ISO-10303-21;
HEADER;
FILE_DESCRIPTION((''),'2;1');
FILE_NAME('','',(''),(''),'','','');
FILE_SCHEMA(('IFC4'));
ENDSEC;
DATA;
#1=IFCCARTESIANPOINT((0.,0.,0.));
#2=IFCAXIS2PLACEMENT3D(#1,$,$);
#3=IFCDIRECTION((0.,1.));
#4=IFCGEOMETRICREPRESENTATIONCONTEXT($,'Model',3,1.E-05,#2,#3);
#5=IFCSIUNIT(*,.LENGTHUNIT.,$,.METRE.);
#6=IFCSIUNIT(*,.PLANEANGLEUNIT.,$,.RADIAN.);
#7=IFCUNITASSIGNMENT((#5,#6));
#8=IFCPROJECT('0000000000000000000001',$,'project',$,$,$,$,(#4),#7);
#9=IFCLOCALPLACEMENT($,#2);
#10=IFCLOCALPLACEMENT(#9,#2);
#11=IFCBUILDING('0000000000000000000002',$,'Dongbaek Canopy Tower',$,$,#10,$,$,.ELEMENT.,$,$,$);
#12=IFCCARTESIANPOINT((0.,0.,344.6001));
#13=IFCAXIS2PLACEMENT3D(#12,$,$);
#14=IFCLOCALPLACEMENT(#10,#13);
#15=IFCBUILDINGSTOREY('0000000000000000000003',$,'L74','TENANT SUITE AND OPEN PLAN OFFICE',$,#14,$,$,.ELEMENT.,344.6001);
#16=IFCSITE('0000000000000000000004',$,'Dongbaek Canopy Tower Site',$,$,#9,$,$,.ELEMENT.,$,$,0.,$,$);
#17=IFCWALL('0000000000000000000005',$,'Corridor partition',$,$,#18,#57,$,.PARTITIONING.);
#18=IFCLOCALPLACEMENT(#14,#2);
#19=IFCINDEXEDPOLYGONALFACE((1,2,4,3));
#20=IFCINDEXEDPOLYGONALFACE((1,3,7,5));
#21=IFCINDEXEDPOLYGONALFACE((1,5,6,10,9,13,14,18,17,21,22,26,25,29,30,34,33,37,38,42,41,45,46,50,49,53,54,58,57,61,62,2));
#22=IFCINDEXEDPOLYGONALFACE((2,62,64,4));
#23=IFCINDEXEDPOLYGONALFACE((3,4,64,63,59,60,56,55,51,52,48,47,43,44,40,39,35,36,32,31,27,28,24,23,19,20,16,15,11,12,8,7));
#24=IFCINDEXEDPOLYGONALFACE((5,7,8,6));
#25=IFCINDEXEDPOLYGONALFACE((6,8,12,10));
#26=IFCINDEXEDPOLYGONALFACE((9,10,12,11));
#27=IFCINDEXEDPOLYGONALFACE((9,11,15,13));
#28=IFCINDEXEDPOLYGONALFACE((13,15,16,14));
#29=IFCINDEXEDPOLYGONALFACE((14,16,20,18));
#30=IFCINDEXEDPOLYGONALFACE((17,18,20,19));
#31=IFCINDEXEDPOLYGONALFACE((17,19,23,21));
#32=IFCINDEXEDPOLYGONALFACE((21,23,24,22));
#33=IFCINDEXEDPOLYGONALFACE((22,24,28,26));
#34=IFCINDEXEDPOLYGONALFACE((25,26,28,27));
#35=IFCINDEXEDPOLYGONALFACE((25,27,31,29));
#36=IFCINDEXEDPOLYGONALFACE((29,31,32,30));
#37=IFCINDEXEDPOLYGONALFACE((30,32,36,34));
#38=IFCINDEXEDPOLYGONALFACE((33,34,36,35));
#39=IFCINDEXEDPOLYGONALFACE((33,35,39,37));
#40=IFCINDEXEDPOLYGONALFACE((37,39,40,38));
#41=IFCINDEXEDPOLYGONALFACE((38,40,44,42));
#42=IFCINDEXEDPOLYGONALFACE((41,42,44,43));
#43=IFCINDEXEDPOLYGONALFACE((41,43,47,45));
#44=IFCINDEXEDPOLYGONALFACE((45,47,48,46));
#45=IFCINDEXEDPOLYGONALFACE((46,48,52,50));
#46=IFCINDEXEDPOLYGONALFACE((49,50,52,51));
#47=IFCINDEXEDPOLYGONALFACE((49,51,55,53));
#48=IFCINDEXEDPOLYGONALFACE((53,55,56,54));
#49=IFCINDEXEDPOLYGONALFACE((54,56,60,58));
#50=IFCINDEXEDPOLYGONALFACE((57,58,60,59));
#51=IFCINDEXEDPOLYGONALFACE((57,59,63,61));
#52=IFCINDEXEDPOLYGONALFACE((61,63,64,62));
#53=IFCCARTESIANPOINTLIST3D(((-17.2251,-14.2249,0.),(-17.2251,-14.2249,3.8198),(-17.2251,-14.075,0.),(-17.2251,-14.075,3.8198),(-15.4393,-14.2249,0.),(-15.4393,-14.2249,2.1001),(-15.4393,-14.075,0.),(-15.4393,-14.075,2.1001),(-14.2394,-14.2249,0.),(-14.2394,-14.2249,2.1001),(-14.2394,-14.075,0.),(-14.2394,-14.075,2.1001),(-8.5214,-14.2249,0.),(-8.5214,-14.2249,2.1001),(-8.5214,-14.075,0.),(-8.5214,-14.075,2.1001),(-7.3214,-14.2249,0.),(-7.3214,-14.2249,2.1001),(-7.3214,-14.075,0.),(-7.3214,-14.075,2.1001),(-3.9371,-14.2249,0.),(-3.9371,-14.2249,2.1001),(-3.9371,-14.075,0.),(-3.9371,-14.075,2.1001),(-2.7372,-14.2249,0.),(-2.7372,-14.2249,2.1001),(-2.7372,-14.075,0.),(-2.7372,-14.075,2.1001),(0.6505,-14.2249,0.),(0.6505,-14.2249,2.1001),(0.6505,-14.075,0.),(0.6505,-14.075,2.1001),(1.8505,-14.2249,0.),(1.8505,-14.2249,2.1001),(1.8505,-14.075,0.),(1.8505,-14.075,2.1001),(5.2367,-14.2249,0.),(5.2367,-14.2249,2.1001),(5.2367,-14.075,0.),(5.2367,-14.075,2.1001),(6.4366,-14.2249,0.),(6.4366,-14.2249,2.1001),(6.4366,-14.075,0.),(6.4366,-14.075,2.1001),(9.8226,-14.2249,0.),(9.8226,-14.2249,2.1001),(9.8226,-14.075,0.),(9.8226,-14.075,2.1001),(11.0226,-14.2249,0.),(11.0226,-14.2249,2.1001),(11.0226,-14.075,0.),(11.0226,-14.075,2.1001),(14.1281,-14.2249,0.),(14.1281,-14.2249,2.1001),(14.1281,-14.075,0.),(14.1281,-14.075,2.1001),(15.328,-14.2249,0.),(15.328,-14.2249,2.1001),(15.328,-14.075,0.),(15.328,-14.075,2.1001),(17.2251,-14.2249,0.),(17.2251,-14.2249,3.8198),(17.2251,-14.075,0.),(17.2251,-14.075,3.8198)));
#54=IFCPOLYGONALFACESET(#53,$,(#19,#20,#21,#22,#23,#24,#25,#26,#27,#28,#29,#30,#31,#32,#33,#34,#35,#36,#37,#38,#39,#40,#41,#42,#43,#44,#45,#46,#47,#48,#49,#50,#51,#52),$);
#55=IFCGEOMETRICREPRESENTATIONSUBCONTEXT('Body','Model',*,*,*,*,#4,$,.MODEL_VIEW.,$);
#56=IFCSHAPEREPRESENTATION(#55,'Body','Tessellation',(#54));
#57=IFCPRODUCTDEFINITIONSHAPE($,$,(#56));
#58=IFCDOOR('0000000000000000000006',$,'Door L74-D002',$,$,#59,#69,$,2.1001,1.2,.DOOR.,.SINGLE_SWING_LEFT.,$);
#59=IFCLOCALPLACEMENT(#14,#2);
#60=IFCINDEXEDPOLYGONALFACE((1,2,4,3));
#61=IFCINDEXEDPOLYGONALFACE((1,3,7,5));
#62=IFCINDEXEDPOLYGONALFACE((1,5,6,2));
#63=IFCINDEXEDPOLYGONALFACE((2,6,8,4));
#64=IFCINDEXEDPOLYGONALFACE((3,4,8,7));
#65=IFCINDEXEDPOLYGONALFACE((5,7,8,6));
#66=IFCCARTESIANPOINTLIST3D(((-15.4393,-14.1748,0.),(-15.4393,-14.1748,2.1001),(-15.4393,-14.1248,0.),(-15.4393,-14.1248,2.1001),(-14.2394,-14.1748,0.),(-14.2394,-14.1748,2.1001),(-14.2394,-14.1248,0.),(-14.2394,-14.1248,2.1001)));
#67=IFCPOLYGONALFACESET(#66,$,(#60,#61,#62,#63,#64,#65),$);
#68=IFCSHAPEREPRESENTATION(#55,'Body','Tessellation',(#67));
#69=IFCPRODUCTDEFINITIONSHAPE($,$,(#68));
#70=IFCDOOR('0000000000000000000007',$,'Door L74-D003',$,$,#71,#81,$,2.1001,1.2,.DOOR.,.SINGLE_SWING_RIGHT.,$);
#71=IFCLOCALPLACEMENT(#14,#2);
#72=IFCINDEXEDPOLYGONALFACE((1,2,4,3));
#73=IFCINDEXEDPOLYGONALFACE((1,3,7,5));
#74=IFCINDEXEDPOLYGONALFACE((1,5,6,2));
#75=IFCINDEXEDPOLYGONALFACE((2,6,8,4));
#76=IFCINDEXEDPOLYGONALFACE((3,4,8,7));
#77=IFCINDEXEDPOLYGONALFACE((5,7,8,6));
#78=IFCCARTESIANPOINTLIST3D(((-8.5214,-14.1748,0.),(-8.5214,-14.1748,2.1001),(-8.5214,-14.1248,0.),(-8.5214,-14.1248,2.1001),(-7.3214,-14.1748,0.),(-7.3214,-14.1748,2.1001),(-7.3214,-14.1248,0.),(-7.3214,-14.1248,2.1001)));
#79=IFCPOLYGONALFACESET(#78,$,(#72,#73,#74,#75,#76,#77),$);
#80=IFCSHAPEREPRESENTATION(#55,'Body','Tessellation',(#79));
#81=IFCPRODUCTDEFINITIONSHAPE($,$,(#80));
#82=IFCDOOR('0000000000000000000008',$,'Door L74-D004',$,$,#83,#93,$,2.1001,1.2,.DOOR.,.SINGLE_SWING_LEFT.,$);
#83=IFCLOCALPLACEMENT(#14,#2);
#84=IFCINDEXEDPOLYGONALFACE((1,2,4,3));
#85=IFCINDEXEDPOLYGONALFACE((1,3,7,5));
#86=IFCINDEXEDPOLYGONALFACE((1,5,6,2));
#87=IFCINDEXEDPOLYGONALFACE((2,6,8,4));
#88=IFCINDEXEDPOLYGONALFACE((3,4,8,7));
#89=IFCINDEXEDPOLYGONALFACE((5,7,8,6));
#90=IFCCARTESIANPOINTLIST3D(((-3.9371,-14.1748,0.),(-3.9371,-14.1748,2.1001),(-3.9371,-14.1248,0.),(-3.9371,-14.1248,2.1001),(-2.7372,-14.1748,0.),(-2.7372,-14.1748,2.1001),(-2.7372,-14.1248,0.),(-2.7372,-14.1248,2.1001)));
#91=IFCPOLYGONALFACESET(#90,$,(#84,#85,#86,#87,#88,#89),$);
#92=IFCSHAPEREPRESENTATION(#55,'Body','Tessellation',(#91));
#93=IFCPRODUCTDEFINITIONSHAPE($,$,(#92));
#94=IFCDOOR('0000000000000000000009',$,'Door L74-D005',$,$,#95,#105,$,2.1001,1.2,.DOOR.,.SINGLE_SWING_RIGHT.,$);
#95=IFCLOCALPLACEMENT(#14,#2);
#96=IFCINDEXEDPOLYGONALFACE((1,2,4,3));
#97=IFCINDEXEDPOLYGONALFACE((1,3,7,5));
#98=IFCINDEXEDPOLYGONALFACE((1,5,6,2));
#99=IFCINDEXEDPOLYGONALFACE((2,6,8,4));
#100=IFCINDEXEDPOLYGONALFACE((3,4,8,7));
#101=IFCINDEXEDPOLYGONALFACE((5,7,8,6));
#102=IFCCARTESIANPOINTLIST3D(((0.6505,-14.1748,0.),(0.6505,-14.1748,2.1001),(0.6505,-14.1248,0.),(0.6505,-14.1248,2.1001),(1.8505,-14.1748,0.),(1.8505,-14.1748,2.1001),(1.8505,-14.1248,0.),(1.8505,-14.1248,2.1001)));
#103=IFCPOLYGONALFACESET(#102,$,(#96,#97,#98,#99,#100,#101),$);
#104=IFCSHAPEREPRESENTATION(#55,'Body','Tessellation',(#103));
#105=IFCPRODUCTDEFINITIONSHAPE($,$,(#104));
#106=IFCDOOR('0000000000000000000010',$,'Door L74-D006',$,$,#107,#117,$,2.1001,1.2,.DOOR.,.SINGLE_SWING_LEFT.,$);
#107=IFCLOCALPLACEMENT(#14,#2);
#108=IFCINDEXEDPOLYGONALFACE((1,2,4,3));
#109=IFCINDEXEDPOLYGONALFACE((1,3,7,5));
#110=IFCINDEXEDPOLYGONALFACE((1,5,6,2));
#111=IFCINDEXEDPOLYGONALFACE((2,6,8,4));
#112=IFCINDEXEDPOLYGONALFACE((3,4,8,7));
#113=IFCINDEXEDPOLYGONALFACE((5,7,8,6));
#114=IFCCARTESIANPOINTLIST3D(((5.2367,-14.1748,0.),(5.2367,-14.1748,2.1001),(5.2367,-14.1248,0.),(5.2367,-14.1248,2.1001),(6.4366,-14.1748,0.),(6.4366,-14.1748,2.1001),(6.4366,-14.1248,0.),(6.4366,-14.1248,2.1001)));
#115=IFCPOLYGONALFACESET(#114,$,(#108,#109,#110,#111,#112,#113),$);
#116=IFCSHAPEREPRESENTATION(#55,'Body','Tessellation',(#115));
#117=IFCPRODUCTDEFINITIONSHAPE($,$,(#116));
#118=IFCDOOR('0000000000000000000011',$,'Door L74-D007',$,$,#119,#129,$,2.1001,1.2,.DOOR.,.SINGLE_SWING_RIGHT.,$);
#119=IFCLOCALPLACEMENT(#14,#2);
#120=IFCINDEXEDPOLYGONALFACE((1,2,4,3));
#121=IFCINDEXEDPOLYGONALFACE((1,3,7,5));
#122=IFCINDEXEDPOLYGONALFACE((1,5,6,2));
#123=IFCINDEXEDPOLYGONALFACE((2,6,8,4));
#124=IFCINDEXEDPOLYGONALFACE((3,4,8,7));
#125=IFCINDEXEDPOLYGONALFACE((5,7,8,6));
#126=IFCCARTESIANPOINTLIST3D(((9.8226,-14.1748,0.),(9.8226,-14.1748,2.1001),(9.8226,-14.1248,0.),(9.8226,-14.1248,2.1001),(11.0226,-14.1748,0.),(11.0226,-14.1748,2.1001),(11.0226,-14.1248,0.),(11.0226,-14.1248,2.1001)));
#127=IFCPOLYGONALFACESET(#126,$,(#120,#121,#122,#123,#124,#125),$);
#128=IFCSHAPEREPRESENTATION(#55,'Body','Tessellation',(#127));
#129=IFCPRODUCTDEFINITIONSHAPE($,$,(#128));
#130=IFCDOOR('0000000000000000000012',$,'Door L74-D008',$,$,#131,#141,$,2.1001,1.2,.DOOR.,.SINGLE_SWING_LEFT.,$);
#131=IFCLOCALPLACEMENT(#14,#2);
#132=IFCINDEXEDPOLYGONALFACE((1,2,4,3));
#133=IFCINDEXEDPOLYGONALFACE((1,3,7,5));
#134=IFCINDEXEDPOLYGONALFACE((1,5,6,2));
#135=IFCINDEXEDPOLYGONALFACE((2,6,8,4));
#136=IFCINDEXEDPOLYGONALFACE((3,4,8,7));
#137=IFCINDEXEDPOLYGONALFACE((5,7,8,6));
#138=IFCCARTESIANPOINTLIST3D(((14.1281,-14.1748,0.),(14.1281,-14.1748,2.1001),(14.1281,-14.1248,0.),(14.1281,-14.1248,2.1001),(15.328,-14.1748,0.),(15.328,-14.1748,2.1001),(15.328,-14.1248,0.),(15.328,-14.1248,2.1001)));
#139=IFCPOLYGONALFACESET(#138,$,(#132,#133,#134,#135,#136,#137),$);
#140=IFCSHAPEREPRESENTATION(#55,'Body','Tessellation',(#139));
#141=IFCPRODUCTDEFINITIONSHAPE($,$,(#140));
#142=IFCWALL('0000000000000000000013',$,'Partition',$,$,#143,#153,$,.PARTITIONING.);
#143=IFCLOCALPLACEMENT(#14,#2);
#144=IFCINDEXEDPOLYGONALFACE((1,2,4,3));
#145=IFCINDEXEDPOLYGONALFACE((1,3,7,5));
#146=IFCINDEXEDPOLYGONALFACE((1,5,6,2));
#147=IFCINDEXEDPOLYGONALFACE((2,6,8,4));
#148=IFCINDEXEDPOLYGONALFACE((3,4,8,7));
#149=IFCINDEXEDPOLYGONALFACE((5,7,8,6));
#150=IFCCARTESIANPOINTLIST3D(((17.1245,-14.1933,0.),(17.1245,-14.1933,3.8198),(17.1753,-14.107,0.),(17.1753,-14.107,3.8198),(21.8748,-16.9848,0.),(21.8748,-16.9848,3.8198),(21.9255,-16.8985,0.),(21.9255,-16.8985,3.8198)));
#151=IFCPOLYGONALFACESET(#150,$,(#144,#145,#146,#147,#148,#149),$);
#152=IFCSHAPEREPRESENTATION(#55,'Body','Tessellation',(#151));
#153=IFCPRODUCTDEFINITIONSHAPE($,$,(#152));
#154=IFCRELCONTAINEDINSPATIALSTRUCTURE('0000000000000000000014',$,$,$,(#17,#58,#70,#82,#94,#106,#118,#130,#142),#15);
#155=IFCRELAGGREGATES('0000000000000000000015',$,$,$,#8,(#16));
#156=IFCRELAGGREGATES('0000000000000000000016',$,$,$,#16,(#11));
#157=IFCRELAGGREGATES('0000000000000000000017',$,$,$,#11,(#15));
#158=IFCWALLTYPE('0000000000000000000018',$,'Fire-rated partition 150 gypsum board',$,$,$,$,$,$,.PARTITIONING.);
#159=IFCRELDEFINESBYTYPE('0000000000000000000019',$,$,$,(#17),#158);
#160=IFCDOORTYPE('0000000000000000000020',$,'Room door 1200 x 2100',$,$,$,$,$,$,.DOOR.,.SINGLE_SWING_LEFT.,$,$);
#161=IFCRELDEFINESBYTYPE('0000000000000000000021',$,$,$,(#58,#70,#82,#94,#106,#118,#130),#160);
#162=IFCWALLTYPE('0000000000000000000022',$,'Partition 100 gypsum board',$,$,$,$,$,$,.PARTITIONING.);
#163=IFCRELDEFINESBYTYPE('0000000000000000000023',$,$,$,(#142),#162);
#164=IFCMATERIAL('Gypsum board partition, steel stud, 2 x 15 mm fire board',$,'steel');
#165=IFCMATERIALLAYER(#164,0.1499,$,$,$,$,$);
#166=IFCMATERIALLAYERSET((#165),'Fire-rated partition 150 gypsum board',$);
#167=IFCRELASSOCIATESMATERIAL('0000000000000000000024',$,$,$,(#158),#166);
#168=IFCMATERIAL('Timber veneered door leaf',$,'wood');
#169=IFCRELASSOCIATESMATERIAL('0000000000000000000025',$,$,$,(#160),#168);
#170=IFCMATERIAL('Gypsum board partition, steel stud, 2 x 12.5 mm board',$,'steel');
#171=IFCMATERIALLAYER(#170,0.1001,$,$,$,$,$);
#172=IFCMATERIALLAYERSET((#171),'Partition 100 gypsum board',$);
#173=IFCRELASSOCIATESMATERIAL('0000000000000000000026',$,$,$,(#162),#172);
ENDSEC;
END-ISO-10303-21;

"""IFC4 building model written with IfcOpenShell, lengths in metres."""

from ifc_helpers import new_model, si_unit, direction, frame, frame_2d, origin, place, context, subcontext, project, spatial, rectangle, extrude, material, layer, layer_set, type_object, element, fill, save


model = new_model("IFC4")

# Units and contexts
model_context = context("Model", 3, precision=1e-05, world=origin(), true_north=direction((0.0, 1.0)))
body_context = subcontext(model_context, "Body", "Model", "MODEL_VIEW")
ifc_project = project(units=[si_unit("LENGTHUNIT", "METRE"), si_unit("PLANEANGLEUNIT", "RADIAN")], contexts=[model_context])

# Site, building, storey
site_placement = place(None, origin())
site = spatial("IfcSite", under=ifc_project, at=site_placement, Name="Dongbaek Canopy Tower Site", CompositionType="ELEMENT", RefElevation=0.0)
building_placement = place(site_placement, origin())
building = spatial("IfcBuilding", under=site, at=building_placement, Name="Dongbaek Canopy Tower", CompositionType="ELEMENT")
storey_placement = place(building_placement, frame((0.0, 0.0, 344.6001)))
storey = spatial("IfcBuildingStorey", under=building, at=storey_placement, Name="L74", Description="TENANT SUITE AND OPEN PLAN OFFICE", CompositionType="ELEMENT", Elevation=344.6001)

# Wall, openings, doors
ifc_material_1 = material(Name="Gypsum board partition, steel stud, 2 x 15 mm fire board", Category="steel")
ifc_layer_1 = layer(ifc_material_1, 0.1499)
ifc_layer_set_1 = layer_set([ifc_layer_1], Name="Fire-rated partition 150 gypsum board")
wall_type_1 = type_object("IfcWallType", Name="Fire-rated partition 150 gypsum board", PredefinedType="PARTITIONING", material=ifc_layer_set_1)
wall_1_placement = place(storey_placement, frame((17.2251, -14.1499, 0.0), z_axis=(0.0, 0.0, 1.0), x_axis=(-1.0, 0.0, 0.0)))
wall_1 = element("IfcWall", 1, at=wall_1_placement, inside=storey, type_object=wall_type_1, Name="Corridor partition", PredefinedType="PARTITIONING", context=body_context, shape_type="SweptSolid", body=[
    extrude(rectangle(XDim=34.4502, YDim=0.1499, at=frame_2d((17.2251, 0.0))), origin(), (0.0, 0.0, 1.0), 3.8198),
])
opening_1_placement = place(wall_1_placement, frame((31.4644, 0.0, 0.0)))
opening_1 = element("IfcOpeningElement", 2, at=opening_1_placement, cuts=wall_1, PredefinedType="OPENING", context=body_context, shape_type="SweptSolid", body=[
    extrude(rectangle(XDim=1.2, YDim=2.1001, at=frame_2d((0.6001, 1.05))), frame((0.0, 0.085, 0.0), z_axis=(0.0, -1.0, 0.0), x_axis=(1.0, 0.0, 0.0)), (0.0, 0.0, 1.0), 0.1699),
])
opening_2_placement = place(wall_1_placement, frame((24.5464, 0.0, 0.0)))
opening_2 = element("IfcOpeningElement", 3, at=opening_2_placement, cuts=wall_1, PredefinedType="OPENING", context=body_context, shape_type="SweptSolid", body=[
    extrude(rectangle(XDim=1.2, YDim=2.1001, at=frame_2d((0.6001, 1.05))), frame((0.0, 0.085, 0.0), z_axis=(0.0, -1.0, 0.0), x_axis=(1.0, 0.0, 0.0)), (0.0, 0.0, 1.0), 0.1699),
])
opening_3_placement = place(wall_1_placement, frame((19.9622, 0.0, 0.0)))
opening_3 = element("IfcOpeningElement", 4, at=opening_3_placement, cuts=wall_1, PredefinedType="OPENING", context=body_context, shape_type="SweptSolid", body=[
    extrude(rectangle(XDim=1.2, YDim=2.1001, at=frame_2d((0.6001, 1.05))), frame((0.0, 0.085, 0.0), z_axis=(0.0, -1.0, 0.0), x_axis=(1.0, 0.0, 0.0)), (0.0, 0.0, 1.0), 0.1699),
])
opening_4_placement = place(wall_1_placement, frame((15.3745, 0.0, 0.0)))
opening_4 = element("IfcOpeningElement", 5, at=opening_4_placement, cuts=wall_1, PredefinedType="OPENING", context=body_context, shape_type="SweptSolid", body=[
    extrude(rectangle(XDim=1.2, YDim=2.1001, at=frame_2d((0.6001, 1.05))), frame((0.0, 0.085, 0.0), z_axis=(0.0, -1.0, 0.0), x_axis=(1.0, 0.0, 0.0)), (0.0, 0.0, 1.0), 0.1699),
])
opening_5_placement = place(wall_1_placement, frame((10.7883, 0.0, 0.0)))
opening_5 = element("IfcOpeningElement", 6, at=opening_5_placement, cuts=wall_1, PredefinedType="OPENING", context=body_context, shape_type="SweptSolid", body=[
    extrude(rectangle(XDim=1.2, YDim=2.1001, at=frame_2d((0.6001, 1.05))), frame((0.0, 0.085, 0.0), z_axis=(0.0, -1.0, 0.0), x_axis=(1.0, 0.0, 0.0)), (0.0, 0.0, 1.0), 0.1699),
])
opening_6_placement = place(wall_1_placement, frame((6.2024, 0.0, 0.0)))
opening_6 = element("IfcOpeningElement", 7, at=opening_6_placement, cuts=wall_1, PredefinedType="OPENING", context=body_context, shape_type="SweptSolid", body=[
    extrude(rectangle(XDim=1.2, YDim=2.1001, at=frame_2d((0.6001, 1.05))), frame((0.0, 0.085, 0.0), z_axis=(0.0, -1.0, 0.0), x_axis=(1.0, 0.0, 0.0)), (0.0, 0.0, 1.0), 0.1699),
])
opening_7_placement = place(wall_1_placement, frame((1.897, 0.0, 0.0)))
opening_7 = element("IfcOpeningElement", 8, at=opening_7_placement, cuts=wall_1, PredefinedType="OPENING", context=body_context, shape_type="SweptSolid", body=[
    extrude(rectangle(XDim=1.2, YDim=2.1001, at=frame_2d((0.6001, 1.05))), frame((0.0, 0.085, 0.0), z_axis=(0.0, -1.0, 0.0), x_axis=(1.0, 0.0, 0.0)), (0.0, 0.0, 1.0), 0.1699),
])
ifc_material_2 = material(Name="Timber veneered door leaf", Category="wood")
door_type = type_object("IfcDoorType", Name="Room door 1200 x 2100", OperationType="SINGLE_SWING_LEFT", PredefinedType="DOOR", material=ifc_material_2)
door_1_placement = place(opening_1_placement, origin())
door_1 = element("IfcDoor", 9, at=door_1_placement, inside=storey, type_object=door_type, Name="Door L74-D002", OperationType="SINGLE_SWING_LEFT", OverallHeight=2.1001, OverallWidth=1.2, PredefinedType="DOOR", context=body_context, shape_type="SweptSolid", body=[
    extrude(rectangle(XDim=1.2, YDim=2.1001, at=frame_2d((0.6001, 1.05))), frame((0.0, 0.0249, 0.0), z_axis=(0.0, -1.0, 0.0), x_axis=(1.0, 0.0, 0.0)), (0.0, 0.0, 1.0), 0.05),
])
fill(opening_1, door_1)
door_2_placement = place(opening_2_placement, origin())
door_2 = element("IfcDoor", 10, at=door_2_placement, inside=storey, type_object=door_type, Name="Door L74-D003", OperationType="SINGLE_SWING_RIGHT", OverallHeight=2.1001, OverallWidth=1.2, PredefinedType="DOOR", context=body_context, shape_type="SweptSolid", body=[
    extrude(rectangle(XDim=1.2, YDim=2.1001, at=frame_2d((0.6001, 1.05))), frame((0.0, 0.0249, 0.0), z_axis=(0.0, -1.0, 0.0), x_axis=(1.0, 0.0, 0.0)), (0.0, 0.0, 1.0), 0.05),
])
fill(opening_2, door_2)
door_3_placement = place(opening_3_placement, origin())
door_3 = element("IfcDoor", 11, at=door_3_placement, inside=storey, type_object=door_type, Name="Door L74-D004", OperationType="SINGLE_SWING_LEFT", OverallHeight=2.1001, OverallWidth=1.2, PredefinedType="DOOR", context=body_context, shape_type="SweptSolid", body=[
    extrude(rectangle(XDim=1.2, YDim=2.1001, at=frame_2d((0.6001, 1.05))), frame((0.0, 0.0249, 0.0), z_axis=(0.0, -1.0, 0.0), x_axis=(1.0, 0.0, 0.0)), (0.0, 0.0, 1.0), 0.05),
])
fill(opening_3, door_3)
door_4_placement = place(opening_4_placement, origin())
door_4 = element("IfcDoor", 12, at=door_4_placement, inside=storey, type_object=door_type, Name="Door L74-D005", OperationType="SINGLE_SWING_RIGHT", OverallHeight=2.1001, OverallWidth=1.2, PredefinedType="DOOR", context=body_context, shape_type="SweptSolid", body=[
    extrude(rectangle(XDim=1.2, YDim=2.1001, at=frame_2d((0.6001, 1.05))), frame((0.0, 0.0249, 0.0), z_axis=(0.0, -1.0, 0.0), x_axis=(1.0, 0.0, 0.0)), (0.0, 0.0, 1.0), 0.05),
])
fill(opening_4, door_4)
door_5_placement = place(opening_5_placement, origin())
door_5 = element("IfcDoor", 13, at=door_5_placement, inside=storey, type_object=door_type, Name="Door L74-D006", OperationType="SINGLE_SWING_LEFT", OverallHeight=2.1001, OverallWidth=1.2, PredefinedType="DOOR", context=body_context, shape_type="SweptSolid", body=[
    extrude(rectangle(XDim=1.2, YDim=2.1001, at=frame_2d((0.6001, 1.05))), frame((0.0, 0.0249, 0.0), z_axis=(0.0, -1.0, 0.0), x_axis=(1.0, 0.0, 0.0)), (0.0, 0.0, 1.0), 0.05),
])
fill(opening_5, door_5)
door_6_placement = place(opening_6_placement, origin())
door_6 = element("IfcDoor", 14, at=door_6_placement, inside=storey, type_object=door_type, Name="Door L74-D007", OperationType="SINGLE_SWING_RIGHT", OverallHeight=2.1001, OverallWidth=1.2, PredefinedType="DOOR", context=body_context, shape_type="SweptSolid", body=[
    extrude(rectangle(XDim=1.2, YDim=2.1001, at=frame_2d((0.6001, 1.05))), frame((0.0, 0.0249, 0.0), z_axis=(0.0, -1.0, 0.0), x_axis=(1.0, 0.0, 0.0)), (0.0, 0.0, 1.0), 0.05),
])
fill(opening_6, door_6)
door_7_placement = place(opening_7_placement, origin())
door_7 = element("IfcDoor", 15, at=door_7_placement, inside=storey, type_object=door_type, Name="Door L74-D008", OperationType="SINGLE_SWING_LEFT", OverallHeight=2.1001, OverallWidth=1.2, PredefinedType="DOOR", context=body_context, shape_type="SweptSolid", body=[
    extrude(rectangle(XDim=1.2, YDim=2.1001, at=frame_2d((0.6001, 1.05))), frame((0.0, 0.0249, 0.0), z_axis=(0.0, -1.0, 0.0), x_axis=(1.0, 0.0, 0.0)), (0.0, 0.0, 1.0), 0.05),
])
fill(opening_7, door_7)

# Wall
ifc_material_3 = material(Name="Gypsum board partition, steel stud, 2 x 12.5 mm board", Category="steel")
ifc_layer_2 = layer(ifc_material_3, 0.1001)
ifc_layer_set_2 = layer_set([ifc_layer_2], Name="Partition 100 gypsum board")
wall_type_2 = type_object("IfcWallType", Name="Partition 100 gypsum board", PredefinedType="PARTITIONING", material=ifc_layer_set_2)
wall_2_placement = place(storey_placement, frame((17.1499, -14.1501, 0.0), z_axis=(0.0, 0.0, 1.0), x_axis=(0.862153, -0.506648, 0.0)))
element("IfcWall", 16, at=wall_2_placement, inside=storey, type_object=wall_type_2, Name="Partition", PredefinedType="PARTITIONING", context=body_context, shape_type="SweptSolid", body=[
    extrude(rectangle(XDim=5.5098, YDim=0.1001, at=frame_2d((2.7549, 0.0))), origin(), (0.0, 0.0, 1.0), 3.8198),
])

save(model, "model.ifc")
